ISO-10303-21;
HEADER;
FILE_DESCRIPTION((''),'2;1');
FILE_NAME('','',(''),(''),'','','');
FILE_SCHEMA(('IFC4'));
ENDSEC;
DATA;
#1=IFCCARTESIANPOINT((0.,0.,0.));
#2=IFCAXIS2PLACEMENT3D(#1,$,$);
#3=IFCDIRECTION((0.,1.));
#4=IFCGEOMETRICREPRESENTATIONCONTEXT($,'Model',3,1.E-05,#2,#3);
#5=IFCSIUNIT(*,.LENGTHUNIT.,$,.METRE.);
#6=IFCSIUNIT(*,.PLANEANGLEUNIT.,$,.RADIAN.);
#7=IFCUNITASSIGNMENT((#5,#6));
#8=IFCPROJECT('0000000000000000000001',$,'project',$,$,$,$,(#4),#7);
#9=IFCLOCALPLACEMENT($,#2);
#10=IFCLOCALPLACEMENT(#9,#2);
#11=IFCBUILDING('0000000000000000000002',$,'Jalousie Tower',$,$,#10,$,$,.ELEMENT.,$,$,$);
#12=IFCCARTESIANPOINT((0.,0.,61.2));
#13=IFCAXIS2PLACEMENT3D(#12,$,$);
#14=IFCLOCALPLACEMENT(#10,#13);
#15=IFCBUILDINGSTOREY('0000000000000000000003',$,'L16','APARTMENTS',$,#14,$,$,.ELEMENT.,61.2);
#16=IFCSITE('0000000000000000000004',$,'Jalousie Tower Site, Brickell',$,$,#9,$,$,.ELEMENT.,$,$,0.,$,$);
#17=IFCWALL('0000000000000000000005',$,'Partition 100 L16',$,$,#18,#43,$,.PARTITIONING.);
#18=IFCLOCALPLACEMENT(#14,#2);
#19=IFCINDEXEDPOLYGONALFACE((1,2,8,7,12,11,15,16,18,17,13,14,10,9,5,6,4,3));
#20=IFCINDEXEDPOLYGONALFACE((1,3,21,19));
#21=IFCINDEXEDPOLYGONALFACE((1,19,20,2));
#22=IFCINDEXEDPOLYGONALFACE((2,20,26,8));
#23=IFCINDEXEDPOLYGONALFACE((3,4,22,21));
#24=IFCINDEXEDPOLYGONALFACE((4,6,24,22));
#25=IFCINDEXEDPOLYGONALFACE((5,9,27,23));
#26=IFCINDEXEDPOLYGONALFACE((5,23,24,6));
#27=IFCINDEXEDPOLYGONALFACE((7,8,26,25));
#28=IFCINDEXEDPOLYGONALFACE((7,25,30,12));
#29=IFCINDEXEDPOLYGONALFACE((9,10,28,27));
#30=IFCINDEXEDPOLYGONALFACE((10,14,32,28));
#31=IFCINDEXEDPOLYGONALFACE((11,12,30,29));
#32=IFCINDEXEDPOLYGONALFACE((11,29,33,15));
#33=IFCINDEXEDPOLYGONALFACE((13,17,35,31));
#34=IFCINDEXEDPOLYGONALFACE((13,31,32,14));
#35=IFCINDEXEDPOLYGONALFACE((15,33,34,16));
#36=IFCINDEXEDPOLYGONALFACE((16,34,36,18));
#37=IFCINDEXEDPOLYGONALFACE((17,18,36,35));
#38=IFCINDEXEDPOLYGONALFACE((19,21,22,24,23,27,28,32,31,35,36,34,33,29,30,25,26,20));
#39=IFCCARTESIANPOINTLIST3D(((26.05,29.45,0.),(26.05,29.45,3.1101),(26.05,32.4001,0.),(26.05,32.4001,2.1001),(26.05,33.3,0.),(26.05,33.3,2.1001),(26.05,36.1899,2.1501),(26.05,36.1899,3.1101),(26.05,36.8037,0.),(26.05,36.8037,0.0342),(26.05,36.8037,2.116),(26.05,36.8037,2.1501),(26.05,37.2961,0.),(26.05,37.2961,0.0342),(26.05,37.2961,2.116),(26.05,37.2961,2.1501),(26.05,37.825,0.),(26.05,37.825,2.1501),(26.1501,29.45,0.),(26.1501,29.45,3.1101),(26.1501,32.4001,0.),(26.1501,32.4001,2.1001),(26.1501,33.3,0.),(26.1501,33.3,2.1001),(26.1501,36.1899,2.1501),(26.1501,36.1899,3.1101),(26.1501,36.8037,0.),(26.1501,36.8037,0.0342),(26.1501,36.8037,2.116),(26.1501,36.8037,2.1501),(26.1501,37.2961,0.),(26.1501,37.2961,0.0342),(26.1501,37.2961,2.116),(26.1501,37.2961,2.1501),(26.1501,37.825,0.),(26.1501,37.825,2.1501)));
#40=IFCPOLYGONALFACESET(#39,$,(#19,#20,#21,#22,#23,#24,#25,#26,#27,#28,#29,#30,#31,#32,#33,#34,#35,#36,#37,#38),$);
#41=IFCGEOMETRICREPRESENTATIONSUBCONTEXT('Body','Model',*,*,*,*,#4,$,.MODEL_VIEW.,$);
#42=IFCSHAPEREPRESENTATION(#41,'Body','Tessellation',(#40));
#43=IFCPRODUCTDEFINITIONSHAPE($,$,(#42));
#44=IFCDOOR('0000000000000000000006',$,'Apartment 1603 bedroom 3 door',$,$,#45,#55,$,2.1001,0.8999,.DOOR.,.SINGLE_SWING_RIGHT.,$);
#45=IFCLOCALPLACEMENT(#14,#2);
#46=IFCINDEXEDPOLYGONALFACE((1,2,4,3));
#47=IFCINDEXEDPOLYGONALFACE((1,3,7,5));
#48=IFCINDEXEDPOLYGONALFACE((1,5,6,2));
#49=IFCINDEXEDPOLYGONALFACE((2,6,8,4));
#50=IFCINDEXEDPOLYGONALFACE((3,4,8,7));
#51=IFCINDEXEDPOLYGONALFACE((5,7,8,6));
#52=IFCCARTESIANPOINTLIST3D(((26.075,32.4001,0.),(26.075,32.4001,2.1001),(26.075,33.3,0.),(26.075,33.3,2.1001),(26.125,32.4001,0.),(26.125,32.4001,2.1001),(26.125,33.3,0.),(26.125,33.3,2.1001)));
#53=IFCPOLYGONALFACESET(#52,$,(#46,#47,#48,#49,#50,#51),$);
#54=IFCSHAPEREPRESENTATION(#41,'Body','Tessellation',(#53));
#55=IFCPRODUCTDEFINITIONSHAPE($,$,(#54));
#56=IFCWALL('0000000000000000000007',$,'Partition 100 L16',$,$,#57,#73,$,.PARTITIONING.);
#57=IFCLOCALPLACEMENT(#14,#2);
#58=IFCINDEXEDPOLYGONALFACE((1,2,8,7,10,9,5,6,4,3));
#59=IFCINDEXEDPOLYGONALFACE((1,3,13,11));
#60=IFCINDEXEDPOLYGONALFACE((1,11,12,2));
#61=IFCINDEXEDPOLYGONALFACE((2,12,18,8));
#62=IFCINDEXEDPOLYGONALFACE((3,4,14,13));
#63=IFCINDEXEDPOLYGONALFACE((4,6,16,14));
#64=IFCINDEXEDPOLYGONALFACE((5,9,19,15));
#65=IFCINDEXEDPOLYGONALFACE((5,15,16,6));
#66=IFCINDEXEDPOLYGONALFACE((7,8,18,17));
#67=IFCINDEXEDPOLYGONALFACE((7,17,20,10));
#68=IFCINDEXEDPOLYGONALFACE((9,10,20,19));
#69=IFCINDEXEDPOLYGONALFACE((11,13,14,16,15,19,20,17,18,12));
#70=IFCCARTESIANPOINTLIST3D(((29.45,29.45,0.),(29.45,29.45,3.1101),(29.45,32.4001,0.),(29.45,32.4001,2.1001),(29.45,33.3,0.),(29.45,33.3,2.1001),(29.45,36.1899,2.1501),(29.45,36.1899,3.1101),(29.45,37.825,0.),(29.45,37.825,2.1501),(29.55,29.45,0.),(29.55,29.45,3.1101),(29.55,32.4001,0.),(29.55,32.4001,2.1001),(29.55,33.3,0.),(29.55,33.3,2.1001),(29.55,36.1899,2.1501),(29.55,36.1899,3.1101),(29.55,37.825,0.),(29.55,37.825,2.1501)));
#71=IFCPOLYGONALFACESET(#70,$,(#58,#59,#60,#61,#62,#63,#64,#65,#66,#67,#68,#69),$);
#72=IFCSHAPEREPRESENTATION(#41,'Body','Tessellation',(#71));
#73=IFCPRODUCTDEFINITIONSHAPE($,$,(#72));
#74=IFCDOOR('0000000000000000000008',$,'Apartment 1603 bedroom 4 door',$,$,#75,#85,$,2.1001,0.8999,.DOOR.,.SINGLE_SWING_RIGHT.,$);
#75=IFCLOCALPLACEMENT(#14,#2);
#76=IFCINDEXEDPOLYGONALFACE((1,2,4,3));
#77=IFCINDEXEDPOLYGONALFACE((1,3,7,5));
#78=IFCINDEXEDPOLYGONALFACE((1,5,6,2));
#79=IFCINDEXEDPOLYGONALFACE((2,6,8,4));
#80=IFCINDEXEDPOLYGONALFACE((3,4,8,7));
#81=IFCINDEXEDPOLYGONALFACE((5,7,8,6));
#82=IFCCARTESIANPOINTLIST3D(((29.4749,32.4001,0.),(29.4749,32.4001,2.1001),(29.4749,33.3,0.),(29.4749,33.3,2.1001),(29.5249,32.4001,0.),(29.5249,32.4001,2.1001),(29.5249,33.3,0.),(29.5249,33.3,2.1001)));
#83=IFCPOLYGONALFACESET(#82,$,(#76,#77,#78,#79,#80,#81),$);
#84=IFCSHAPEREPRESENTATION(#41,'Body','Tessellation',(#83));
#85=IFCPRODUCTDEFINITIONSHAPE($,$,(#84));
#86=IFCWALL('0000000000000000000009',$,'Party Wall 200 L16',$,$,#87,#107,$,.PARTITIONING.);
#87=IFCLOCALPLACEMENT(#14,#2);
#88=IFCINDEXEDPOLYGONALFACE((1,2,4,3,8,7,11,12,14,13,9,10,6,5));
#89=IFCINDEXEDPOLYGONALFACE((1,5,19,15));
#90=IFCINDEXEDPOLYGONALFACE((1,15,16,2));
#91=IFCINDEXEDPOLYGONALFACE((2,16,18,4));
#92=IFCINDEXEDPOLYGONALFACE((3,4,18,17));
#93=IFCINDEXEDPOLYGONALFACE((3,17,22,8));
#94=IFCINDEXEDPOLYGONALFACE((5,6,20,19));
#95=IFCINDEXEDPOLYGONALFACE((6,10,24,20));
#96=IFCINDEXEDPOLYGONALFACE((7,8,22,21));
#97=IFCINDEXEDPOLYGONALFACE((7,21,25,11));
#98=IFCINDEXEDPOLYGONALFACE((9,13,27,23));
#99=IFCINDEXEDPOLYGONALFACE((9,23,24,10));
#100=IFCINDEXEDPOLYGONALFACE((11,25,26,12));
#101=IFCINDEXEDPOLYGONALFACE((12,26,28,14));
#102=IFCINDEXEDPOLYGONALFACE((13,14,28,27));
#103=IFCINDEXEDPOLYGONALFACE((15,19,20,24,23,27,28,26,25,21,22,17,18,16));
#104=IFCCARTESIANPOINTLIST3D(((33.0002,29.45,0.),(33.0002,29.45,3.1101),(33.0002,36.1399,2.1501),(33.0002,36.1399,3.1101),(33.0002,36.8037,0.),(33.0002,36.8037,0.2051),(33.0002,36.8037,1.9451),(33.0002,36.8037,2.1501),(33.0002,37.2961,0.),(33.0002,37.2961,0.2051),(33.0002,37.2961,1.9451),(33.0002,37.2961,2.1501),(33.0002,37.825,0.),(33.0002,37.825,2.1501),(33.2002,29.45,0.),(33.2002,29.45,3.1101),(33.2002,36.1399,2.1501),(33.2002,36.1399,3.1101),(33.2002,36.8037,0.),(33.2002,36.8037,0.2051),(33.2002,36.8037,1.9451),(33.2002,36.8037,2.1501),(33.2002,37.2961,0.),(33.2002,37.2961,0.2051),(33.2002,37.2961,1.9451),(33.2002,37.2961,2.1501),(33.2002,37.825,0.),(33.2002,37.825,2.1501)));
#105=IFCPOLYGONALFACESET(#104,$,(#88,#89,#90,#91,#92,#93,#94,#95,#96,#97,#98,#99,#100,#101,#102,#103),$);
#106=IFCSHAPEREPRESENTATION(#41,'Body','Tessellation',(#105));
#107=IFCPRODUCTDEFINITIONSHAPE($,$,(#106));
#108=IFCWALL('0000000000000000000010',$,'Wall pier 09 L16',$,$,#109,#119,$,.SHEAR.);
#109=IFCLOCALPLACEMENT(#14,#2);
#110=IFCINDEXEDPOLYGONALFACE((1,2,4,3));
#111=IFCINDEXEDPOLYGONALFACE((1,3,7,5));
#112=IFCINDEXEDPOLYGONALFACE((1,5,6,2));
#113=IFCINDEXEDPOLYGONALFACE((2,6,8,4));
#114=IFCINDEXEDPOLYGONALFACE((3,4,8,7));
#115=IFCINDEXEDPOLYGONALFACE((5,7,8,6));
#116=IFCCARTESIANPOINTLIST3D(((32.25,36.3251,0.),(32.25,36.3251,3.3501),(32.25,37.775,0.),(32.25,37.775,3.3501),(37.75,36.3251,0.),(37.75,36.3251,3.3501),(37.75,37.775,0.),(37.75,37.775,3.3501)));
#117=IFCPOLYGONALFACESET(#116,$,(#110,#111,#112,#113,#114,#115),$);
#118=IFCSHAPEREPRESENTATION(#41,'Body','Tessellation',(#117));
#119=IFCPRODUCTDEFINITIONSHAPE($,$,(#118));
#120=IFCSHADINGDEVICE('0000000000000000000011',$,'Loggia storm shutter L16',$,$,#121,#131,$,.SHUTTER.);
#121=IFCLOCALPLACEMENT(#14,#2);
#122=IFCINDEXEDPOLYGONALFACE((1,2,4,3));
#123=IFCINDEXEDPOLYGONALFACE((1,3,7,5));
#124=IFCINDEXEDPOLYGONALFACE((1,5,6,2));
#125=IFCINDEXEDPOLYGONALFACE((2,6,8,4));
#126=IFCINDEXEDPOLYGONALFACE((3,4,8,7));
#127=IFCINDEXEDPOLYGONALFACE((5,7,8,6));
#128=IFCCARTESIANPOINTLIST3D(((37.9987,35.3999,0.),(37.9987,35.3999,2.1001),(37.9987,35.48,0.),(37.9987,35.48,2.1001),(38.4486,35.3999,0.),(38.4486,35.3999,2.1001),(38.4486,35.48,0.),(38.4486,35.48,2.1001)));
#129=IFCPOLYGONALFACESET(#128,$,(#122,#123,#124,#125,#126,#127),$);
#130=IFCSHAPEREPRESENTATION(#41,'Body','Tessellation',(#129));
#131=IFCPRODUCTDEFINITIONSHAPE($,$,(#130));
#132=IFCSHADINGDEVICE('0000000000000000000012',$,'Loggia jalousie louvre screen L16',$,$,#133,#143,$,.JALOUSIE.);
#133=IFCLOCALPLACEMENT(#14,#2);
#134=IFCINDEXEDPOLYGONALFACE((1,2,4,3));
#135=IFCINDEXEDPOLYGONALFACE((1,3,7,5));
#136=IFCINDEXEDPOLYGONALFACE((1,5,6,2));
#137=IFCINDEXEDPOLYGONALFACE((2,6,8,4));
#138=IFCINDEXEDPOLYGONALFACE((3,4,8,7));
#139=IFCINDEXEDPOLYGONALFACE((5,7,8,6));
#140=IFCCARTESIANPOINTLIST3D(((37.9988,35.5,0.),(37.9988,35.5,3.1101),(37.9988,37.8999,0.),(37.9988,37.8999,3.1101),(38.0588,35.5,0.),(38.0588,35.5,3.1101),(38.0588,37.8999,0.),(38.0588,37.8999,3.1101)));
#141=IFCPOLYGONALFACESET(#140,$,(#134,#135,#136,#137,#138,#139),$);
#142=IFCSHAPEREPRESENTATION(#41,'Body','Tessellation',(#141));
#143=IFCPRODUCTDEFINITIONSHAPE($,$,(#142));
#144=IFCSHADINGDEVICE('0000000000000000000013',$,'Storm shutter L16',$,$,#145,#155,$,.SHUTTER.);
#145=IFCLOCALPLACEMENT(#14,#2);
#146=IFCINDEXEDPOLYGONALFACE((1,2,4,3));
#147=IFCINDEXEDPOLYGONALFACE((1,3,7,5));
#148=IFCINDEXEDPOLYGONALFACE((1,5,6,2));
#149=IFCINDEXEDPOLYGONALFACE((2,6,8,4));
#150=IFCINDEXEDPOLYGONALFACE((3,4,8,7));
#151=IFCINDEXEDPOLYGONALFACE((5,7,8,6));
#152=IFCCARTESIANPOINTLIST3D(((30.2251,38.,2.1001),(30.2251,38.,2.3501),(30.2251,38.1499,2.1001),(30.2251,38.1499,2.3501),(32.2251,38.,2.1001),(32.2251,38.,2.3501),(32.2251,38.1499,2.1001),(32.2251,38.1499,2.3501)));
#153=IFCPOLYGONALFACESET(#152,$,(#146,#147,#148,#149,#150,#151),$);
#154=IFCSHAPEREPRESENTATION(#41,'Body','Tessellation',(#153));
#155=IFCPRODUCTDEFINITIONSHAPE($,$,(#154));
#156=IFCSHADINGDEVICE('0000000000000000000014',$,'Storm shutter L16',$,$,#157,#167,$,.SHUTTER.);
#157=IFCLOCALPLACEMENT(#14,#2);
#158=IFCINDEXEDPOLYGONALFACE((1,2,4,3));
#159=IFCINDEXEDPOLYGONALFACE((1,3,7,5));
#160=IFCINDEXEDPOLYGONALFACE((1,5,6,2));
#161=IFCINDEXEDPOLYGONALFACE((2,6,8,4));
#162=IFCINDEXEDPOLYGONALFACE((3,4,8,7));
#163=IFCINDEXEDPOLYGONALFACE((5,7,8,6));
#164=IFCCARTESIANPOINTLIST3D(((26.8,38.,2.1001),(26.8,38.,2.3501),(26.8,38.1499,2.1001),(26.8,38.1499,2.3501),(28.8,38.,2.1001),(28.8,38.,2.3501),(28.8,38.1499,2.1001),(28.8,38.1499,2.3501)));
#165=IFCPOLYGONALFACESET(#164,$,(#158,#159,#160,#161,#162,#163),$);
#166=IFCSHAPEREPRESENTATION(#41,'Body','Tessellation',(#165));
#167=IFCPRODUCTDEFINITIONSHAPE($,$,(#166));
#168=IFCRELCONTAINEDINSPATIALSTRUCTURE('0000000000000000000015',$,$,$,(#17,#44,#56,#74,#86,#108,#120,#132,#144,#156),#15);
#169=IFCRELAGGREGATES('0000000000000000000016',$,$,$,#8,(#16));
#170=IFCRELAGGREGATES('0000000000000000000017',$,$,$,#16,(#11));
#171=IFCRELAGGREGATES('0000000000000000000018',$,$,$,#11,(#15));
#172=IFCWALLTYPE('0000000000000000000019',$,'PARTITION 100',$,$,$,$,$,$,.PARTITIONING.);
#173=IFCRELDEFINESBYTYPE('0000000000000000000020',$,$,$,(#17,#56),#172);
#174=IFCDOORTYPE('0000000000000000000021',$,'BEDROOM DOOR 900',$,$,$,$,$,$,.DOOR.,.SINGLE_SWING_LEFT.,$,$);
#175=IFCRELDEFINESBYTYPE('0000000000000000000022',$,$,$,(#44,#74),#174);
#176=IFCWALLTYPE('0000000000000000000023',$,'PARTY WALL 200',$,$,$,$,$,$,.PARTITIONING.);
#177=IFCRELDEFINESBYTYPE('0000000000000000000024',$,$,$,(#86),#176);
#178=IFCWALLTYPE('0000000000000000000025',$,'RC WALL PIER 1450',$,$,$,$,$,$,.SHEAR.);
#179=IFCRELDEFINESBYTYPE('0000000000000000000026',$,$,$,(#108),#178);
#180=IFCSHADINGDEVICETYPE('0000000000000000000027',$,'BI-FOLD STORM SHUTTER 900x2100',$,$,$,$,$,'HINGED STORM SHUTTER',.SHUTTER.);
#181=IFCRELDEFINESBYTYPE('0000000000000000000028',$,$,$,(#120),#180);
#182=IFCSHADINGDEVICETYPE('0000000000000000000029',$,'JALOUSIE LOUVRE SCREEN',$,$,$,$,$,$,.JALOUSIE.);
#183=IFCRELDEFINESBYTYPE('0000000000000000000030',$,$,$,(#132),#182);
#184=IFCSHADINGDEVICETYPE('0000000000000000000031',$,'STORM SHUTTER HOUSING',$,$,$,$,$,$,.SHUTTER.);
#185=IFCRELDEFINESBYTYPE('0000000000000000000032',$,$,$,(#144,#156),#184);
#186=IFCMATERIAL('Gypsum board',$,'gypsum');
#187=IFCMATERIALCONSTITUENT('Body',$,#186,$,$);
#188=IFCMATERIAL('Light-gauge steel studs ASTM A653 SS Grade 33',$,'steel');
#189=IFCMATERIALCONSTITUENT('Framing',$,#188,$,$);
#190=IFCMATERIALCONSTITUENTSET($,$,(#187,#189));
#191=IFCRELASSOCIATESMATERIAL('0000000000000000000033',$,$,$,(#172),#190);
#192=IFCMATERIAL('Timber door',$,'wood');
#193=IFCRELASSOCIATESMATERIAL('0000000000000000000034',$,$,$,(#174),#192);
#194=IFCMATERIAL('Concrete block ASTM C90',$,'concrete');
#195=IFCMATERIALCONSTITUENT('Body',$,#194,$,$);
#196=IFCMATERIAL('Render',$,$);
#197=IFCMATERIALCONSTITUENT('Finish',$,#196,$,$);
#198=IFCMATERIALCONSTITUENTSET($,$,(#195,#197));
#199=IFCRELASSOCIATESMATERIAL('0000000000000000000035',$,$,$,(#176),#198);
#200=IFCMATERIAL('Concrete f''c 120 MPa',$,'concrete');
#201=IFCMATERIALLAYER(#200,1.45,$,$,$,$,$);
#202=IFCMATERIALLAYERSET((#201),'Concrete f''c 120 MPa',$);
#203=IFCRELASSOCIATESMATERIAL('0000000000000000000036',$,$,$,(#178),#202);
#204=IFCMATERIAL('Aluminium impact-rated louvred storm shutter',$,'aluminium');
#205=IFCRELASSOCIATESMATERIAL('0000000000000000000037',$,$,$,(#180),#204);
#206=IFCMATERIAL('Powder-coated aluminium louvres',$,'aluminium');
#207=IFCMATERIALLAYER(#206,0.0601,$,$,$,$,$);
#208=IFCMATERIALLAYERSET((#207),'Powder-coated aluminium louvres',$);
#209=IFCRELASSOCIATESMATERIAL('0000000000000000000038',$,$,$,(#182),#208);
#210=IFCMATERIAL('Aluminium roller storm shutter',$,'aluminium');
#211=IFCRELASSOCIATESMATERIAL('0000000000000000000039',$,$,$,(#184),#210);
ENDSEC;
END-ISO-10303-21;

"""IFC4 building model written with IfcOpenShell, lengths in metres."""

from ifc_helpers import new_model, si_unit, direction, frame, frame_2d, origin, origin_2d, place, context, subcontext, project, spatial, polyline, rectangle, outline, extrude, material, layer, layer_set, constituent, constituent_set, type_object, element, fill, save


model = new_model("IFC4")

# Units and contexts
model_context = context("Model", 3, precision=1e-05, world=origin(), true_north=direction((0.0, 1.0)))
body_context = subcontext(model_context, "Body", "Model", "MODEL_VIEW")
ifc_project = project(units=[si_unit("LENGTHUNIT", "METRE"), si_unit("PLANEANGLEUNIT", "RADIAN")], contexts=[model_context])

# Site, building, storey
site_placement = place(None, origin())
site = spatial("IfcSite", under=ifc_project, at=site_placement, Name="Jalousie Tower Site, Brickell", CompositionType="ELEMENT", RefElevation=0.0)
building_placement = place(site_placement, origin())
building = spatial("IfcBuilding", under=site, at=building_placement, Name="Jalousie Tower", CompositionType="ELEMENT")
storey_placement = place(building_placement, frame((0.0, 0.0, 61.2)))
storey = spatial("IfcBuildingStorey", under=building, at=storey_placement, Name="L16", Description="APARTMENTS", CompositionType="ELEMENT", Elevation=61.2)

# Walls, openings, doors
ifc_material_1 = material(Name="Gypsum board", Category="gypsum")
ifc_constituent_1 = constituent(ifc_material_1, Name="Body")
ifc_material_2 = material(Name="Light-gauge steel studs ASTM A653 SS Grade 33", Category="steel")
ifc_constituent_2 = constituent(ifc_material_2, Name="Framing")
ifc_constituent_set_1 = constituent_set(constituents=[ifc_constituent_1, ifc_constituent_2])
wall_type_1 = type_object("IfcWallType", Name="PARTITION 100", PredefinedType="PARTITIONING", material=ifc_constituent_set_1)
wall_1_placement = place(storey_placement, frame((26.1001, 37.825, 0.0), z_axis=(0.0, 0.0, 1.0), x_axis=(0.0, -1.0, 0.0)))
wall_1 = element("IfcWall", 1, at=wall_1_placement, inside=storey, type_object=wall_type_1, Name="Partition 100 L16", PredefinedType="PARTITIONING", context=body_context, shape_type="SweptSolid", body=[
    extrude(outline(polyline([(0.5288, 2.1501), (0.0, 2.1501), (0.0, 0.0), (0.5288, 0.0), (0.5288, 0.0342), (1.0212, 0.0342), (1.0212, 0.0), (8.375, 0.0), (8.375, 3.1101), (1.635, 3.1101), (1.635, 2.1501), (1.0212, 2.1501), (1.0212, 2.116), (0.5288, 2.116), (0.5288, 2.1501)])), frame((0.0, 0.05, 0.0), z_axis=(0.0, -1.0, 0.0), x_axis=(1.0, 0.0, 0.0)), (0.0, 0.0, 1.0), 0.1001),
])
opening_1_placement = place(wall_1_placement, frame((4.5249, 0.0, 0.0)))
opening_1 = element("IfcOpeningElement", 2, at=opening_1_placement, cuts=wall_1, PredefinedType="OPENING", context=body_context, shape_type="SweptSolid", body=[
    extrude(rectangle(XDim=0.8999, YDim=2.1001, at=frame_2d((0.45, 1.05))), frame((0.0, 0.0601, 0.0), z_axis=(0.0, -1.0, 0.0), x_axis=(1.0, 0.0, 0.0)), (0.0, 0.0, 1.0), 0.1201),
])
ifc_material_3 = material(Name="Timber door", Category="wood")
door_type = type_object("IfcDoorType", Name="BEDROOM DOOR 900", OperationType="SINGLE_SWING_LEFT", PredefinedType="DOOR", material=ifc_material_3)
door_1_placement = place(opening_1_placement, origin())
door_1 = element("IfcDoor", 3, at=door_1_placement, inside=storey, type_object=door_type, Name="Apartment 1603 bedroom 3 door", OperationType="SINGLE_SWING_RIGHT", OverallHeight=2.1001, OverallWidth=0.8999, PredefinedType="DOOR", context=body_context, shape_type="SweptSolid", body=[
    extrude(rectangle(XDim=0.8999, YDim=2.1001, at=frame_2d((0.45, 1.05))), frame((0.0, 0.0249, 0.0), z_axis=(0.0, -1.0, 0.0), x_axis=(1.0, 0.0, 0.0)), (0.0, 0.0, 1.0), 0.05),
])
fill(opening_1, door_1)
wall_2_placement = place(storey_placement, frame((29.5, 37.825, 0.0), z_axis=(0.0, 0.0, 1.0), x_axis=(0.0, -1.0, 0.0)))
wall_2 = element("IfcWall", 4, at=wall_2_placement, inside=storey, type_object=wall_type_1, Name="Partition 100 L16", PredefinedType="PARTITIONING", context=body_context, shape_type="SweptSolid", body=[
    extrude(outline(polyline([(0.0, 0.0), (8.375, 0.0), (8.375, 3.1101), (1.635, 3.1101), (1.635, 2.1501), (0.0, 2.1501), (0.0, 3.1101), (0.0, 0.0)])), frame((0.0, 0.05, 0.0), z_axis=(0.0, -1.0, 0.0), x_axis=(1.0, 0.0, 0.0)), (0.0, 0.0, 1.0), 0.1001),
])
opening_2_placement = place(wall_2_placement, frame((4.5249, 0.0, 0.0)))
opening_2 = element("IfcOpeningElement", 5, at=opening_2_placement, cuts=wall_2, PredefinedType="OPENING", context=body_context, shape_type="SweptSolid", body=[
    extrude(rectangle(XDim=0.8999, YDim=2.1001, at=frame_2d((0.45, 1.05))), frame((0.0, 0.0601, 0.0), z_axis=(0.0, -1.0, 0.0), x_axis=(1.0, 0.0, 0.0)), (0.0, 0.0, 1.0), 0.1201),
])
door_2_placement = place(opening_2_placement, origin())
door_2 = element("IfcDoor", 6, at=door_2_placement, inside=storey, type_object=door_type, Name="Apartment 1603 bedroom 4 door", OperationType="SINGLE_SWING_RIGHT", OverallHeight=2.1001, OverallWidth=0.8999, PredefinedType="DOOR", context=body_context, shape_type="SweptSolid", body=[
    extrude(rectangle(XDim=0.8999, YDim=2.1001, at=frame_2d((0.45, 1.05))), frame((0.0, 0.0249, 0.0), z_axis=(0.0, -1.0, 0.0), x_axis=(1.0, 0.0, 0.0)), (0.0, 0.0, 1.0), 0.05),
])
fill(opening_2, door_2)

# Walls
ifc_material_4 = material(Name="Concrete block ASTM C90", Category="concrete")
ifc_constituent_3 = constituent(ifc_material_4, Name="Body")
ifc_material_5 = material(Name="Render")
ifc_constituent_4 = constituent(ifc_material_5, Name="Finish")
ifc_constituent_set_2 = constituent_set(constituents=[ifc_constituent_3, ifc_constituent_4])
wall_type_2 = type_object("IfcWallType", Name="PARTY WALL 200", PredefinedType="PARTITIONING", material=ifc_constituent_set_2)
wall_3_placement = place(storey_placement, frame((33.1001, 37.825, 0.0), z_axis=(0.0, 0.0, 1.0), x_axis=(0.0, -1.0, 0.0)))
element("IfcWall", 7, at=wall_3_placement, inside=storey, type_object=wall_type_2, Name="Party Wall 200 L16", PredefinedType="PARTITIONING", context=body_context, shape_type="SweptSolid", body=[
    extrude(outline(polyline([(0.5288, 2.1501), (0.0, 2.1501), (0.0, 0.0), (0.5288, 0.0), (0.5288, 0.2051), (1.0212, 0.2051), (1.0212, 0.0), (8.375, 0.0), (8.375, 3.1101), (1.6851, 3.1101), (1.6851, 2.1501), (1.0212, 2.1501), (1.0212, 1.9451), (0.5288, 1.9451), (0.5288, 2.1501)])), frame((0.0, 0.1001, 0.0), z_axis=(0.0, -1.0, 0.0), x_axis=(1.0, 0.0, 0.0)), (0.0, 0.0, 1.0), 0.2),
])
ifc_material_6 = material(Name="Concrete f'c 120 MPa", Category="concrete")
ifc_layer_1 = layer(ifc_material_6, 1.45)
ifc_layer_set_1 = layer_set([ifc_layer_1], Name="Concrete f'c 120 MPa")
wall_type_3 = type_object("IfcWallType", Name="RC WALL PIER 1450", PredefinedType="SHEAR", material=ifc_layer_set_1)
wall_4_placement = place(storey_placement, frame((32.25, 37.05, 0.0), z_axis=(0.0, 0.0, 1.0), x_axis=(1.0, 0.0, 0.0)))
element("IfcWall", 8, at=wall_4_placement, inside=storey, type_object=wall_type_3, Name="Wall pier 09 L16", PredefinedType="SHEAR", context=body_context, shape_type="SweptSolid", body=[
    extrude(rectangle(XDim=5.5, YDim=1.45, at=frame_2d((2.75, 0.0))), origin(), (0.0, 0.0, 1.0), 3.3501),
])

# Shading devices
ifc_material_7 = material(Name="Aluminium impact-rated louvred storm shutter", Category="aluminium")
shading_device_type_1 = type_object("IfcShadingDeviceType", Name="BI-FOLD STORM SHUTTER 900x2100", ElementType="HINGED STORM SHUTTER", PredefinedType="SHUTTER", material=ifc_material_7)
shading_device_1_placement = place(storey_placement, frame((38.2236, 35.4399, 0.0), z_axis=(0.0, 0.0, 1.0), x_axis=(-1.0, 0.0, 0.0)))
element("IfcShadingDevice", 9, at=shading_device_1_placement, inside=storey, type_object=shading_device_type_1, Name="Loggia storm shutter L16", PredefinedType="SHUTTER", context=body_context, shape_type="SweptSolid", body=[
    extrude(rectangle(XDim=0.45, YDim=0.0801, at=origin_2d()), origin(), (0.0, 0.0, 1.0), 2.1001),
])
ifc_material_8 = material(Name="Powder-coated aluminium louvres", Category="aluminium")
ifc_layer_2 = layer(ifc_material_8, 0.0601)
ifc_layer_set_2 = layer_set([ifc_layer_2], Name="Powder-coated aluminium louvres")
shading_device_type_2 = type_object("IfcShadingDeviceType", Name="JALOUSIE LOUVRE SCREEN", PredefinedType="JALOUSIE", material=ifc_layer_set_2)
shading_device_2_placement = place(storey_placement, frame((38.0288, 36.7, 0.0), z_axis=(0.0, 0.0, 1.0), x_axis=(-1.0, 0.0, 0.0)))
element("IfcShadingDevice", 10, at=shading_device_2_placement, inside=storey, type_object=shading_device_type_2, Name="Loggia jalousie louvre screen L16", PredefinedType="JALOUSIE", context=body_context, shape_type="SweptSolid", body=[
    extrude(rectangle(XDim=0.0601, YDim=2.3999, at=origin_2d()), origin(), (0.0, 0.0, 1.0), 3.1101),
])
ifc_material_9 = material(Name="Aluminium roller storm shutter", Category="aluminium")
shading_device_type_3 = type_object("IfcShadingDeviceType", Name="STORM SHUTTER HOUSING", PredefinedType="SHUTTER", material=ifc_material_9)
for number, where, z_axis, x_axis, name in (
    (11, (31.2251, 38.075, 2.1001), (0.0, 0.0, 1.0), (-1.0, 0.0, 0.0), "Storm shutter L16"),
    (12, (27.8, 38.075, 2.1001), (0.0, 0.0, 1.0), (-1.0, 0.0, 0.0), "Storm shutter L16"),
):
    element("IfcShadingDevice", number, at=place(storey_placement, frame(where, z_axis=z_axis, x_axis=x_axis)), inside=storey, type_object=shading_device_type_3, Name=name, PredefinedType="SHUTTER", context=body_context, shape_type="SweptSolid", body=[
        extrude(rectangle(XDim=2.0, YDim=0.1499, at=origin_2d()), origin(), (0.0, 0.0, 1.0), 0.25),
    ])

save(model, "model.ifc")
